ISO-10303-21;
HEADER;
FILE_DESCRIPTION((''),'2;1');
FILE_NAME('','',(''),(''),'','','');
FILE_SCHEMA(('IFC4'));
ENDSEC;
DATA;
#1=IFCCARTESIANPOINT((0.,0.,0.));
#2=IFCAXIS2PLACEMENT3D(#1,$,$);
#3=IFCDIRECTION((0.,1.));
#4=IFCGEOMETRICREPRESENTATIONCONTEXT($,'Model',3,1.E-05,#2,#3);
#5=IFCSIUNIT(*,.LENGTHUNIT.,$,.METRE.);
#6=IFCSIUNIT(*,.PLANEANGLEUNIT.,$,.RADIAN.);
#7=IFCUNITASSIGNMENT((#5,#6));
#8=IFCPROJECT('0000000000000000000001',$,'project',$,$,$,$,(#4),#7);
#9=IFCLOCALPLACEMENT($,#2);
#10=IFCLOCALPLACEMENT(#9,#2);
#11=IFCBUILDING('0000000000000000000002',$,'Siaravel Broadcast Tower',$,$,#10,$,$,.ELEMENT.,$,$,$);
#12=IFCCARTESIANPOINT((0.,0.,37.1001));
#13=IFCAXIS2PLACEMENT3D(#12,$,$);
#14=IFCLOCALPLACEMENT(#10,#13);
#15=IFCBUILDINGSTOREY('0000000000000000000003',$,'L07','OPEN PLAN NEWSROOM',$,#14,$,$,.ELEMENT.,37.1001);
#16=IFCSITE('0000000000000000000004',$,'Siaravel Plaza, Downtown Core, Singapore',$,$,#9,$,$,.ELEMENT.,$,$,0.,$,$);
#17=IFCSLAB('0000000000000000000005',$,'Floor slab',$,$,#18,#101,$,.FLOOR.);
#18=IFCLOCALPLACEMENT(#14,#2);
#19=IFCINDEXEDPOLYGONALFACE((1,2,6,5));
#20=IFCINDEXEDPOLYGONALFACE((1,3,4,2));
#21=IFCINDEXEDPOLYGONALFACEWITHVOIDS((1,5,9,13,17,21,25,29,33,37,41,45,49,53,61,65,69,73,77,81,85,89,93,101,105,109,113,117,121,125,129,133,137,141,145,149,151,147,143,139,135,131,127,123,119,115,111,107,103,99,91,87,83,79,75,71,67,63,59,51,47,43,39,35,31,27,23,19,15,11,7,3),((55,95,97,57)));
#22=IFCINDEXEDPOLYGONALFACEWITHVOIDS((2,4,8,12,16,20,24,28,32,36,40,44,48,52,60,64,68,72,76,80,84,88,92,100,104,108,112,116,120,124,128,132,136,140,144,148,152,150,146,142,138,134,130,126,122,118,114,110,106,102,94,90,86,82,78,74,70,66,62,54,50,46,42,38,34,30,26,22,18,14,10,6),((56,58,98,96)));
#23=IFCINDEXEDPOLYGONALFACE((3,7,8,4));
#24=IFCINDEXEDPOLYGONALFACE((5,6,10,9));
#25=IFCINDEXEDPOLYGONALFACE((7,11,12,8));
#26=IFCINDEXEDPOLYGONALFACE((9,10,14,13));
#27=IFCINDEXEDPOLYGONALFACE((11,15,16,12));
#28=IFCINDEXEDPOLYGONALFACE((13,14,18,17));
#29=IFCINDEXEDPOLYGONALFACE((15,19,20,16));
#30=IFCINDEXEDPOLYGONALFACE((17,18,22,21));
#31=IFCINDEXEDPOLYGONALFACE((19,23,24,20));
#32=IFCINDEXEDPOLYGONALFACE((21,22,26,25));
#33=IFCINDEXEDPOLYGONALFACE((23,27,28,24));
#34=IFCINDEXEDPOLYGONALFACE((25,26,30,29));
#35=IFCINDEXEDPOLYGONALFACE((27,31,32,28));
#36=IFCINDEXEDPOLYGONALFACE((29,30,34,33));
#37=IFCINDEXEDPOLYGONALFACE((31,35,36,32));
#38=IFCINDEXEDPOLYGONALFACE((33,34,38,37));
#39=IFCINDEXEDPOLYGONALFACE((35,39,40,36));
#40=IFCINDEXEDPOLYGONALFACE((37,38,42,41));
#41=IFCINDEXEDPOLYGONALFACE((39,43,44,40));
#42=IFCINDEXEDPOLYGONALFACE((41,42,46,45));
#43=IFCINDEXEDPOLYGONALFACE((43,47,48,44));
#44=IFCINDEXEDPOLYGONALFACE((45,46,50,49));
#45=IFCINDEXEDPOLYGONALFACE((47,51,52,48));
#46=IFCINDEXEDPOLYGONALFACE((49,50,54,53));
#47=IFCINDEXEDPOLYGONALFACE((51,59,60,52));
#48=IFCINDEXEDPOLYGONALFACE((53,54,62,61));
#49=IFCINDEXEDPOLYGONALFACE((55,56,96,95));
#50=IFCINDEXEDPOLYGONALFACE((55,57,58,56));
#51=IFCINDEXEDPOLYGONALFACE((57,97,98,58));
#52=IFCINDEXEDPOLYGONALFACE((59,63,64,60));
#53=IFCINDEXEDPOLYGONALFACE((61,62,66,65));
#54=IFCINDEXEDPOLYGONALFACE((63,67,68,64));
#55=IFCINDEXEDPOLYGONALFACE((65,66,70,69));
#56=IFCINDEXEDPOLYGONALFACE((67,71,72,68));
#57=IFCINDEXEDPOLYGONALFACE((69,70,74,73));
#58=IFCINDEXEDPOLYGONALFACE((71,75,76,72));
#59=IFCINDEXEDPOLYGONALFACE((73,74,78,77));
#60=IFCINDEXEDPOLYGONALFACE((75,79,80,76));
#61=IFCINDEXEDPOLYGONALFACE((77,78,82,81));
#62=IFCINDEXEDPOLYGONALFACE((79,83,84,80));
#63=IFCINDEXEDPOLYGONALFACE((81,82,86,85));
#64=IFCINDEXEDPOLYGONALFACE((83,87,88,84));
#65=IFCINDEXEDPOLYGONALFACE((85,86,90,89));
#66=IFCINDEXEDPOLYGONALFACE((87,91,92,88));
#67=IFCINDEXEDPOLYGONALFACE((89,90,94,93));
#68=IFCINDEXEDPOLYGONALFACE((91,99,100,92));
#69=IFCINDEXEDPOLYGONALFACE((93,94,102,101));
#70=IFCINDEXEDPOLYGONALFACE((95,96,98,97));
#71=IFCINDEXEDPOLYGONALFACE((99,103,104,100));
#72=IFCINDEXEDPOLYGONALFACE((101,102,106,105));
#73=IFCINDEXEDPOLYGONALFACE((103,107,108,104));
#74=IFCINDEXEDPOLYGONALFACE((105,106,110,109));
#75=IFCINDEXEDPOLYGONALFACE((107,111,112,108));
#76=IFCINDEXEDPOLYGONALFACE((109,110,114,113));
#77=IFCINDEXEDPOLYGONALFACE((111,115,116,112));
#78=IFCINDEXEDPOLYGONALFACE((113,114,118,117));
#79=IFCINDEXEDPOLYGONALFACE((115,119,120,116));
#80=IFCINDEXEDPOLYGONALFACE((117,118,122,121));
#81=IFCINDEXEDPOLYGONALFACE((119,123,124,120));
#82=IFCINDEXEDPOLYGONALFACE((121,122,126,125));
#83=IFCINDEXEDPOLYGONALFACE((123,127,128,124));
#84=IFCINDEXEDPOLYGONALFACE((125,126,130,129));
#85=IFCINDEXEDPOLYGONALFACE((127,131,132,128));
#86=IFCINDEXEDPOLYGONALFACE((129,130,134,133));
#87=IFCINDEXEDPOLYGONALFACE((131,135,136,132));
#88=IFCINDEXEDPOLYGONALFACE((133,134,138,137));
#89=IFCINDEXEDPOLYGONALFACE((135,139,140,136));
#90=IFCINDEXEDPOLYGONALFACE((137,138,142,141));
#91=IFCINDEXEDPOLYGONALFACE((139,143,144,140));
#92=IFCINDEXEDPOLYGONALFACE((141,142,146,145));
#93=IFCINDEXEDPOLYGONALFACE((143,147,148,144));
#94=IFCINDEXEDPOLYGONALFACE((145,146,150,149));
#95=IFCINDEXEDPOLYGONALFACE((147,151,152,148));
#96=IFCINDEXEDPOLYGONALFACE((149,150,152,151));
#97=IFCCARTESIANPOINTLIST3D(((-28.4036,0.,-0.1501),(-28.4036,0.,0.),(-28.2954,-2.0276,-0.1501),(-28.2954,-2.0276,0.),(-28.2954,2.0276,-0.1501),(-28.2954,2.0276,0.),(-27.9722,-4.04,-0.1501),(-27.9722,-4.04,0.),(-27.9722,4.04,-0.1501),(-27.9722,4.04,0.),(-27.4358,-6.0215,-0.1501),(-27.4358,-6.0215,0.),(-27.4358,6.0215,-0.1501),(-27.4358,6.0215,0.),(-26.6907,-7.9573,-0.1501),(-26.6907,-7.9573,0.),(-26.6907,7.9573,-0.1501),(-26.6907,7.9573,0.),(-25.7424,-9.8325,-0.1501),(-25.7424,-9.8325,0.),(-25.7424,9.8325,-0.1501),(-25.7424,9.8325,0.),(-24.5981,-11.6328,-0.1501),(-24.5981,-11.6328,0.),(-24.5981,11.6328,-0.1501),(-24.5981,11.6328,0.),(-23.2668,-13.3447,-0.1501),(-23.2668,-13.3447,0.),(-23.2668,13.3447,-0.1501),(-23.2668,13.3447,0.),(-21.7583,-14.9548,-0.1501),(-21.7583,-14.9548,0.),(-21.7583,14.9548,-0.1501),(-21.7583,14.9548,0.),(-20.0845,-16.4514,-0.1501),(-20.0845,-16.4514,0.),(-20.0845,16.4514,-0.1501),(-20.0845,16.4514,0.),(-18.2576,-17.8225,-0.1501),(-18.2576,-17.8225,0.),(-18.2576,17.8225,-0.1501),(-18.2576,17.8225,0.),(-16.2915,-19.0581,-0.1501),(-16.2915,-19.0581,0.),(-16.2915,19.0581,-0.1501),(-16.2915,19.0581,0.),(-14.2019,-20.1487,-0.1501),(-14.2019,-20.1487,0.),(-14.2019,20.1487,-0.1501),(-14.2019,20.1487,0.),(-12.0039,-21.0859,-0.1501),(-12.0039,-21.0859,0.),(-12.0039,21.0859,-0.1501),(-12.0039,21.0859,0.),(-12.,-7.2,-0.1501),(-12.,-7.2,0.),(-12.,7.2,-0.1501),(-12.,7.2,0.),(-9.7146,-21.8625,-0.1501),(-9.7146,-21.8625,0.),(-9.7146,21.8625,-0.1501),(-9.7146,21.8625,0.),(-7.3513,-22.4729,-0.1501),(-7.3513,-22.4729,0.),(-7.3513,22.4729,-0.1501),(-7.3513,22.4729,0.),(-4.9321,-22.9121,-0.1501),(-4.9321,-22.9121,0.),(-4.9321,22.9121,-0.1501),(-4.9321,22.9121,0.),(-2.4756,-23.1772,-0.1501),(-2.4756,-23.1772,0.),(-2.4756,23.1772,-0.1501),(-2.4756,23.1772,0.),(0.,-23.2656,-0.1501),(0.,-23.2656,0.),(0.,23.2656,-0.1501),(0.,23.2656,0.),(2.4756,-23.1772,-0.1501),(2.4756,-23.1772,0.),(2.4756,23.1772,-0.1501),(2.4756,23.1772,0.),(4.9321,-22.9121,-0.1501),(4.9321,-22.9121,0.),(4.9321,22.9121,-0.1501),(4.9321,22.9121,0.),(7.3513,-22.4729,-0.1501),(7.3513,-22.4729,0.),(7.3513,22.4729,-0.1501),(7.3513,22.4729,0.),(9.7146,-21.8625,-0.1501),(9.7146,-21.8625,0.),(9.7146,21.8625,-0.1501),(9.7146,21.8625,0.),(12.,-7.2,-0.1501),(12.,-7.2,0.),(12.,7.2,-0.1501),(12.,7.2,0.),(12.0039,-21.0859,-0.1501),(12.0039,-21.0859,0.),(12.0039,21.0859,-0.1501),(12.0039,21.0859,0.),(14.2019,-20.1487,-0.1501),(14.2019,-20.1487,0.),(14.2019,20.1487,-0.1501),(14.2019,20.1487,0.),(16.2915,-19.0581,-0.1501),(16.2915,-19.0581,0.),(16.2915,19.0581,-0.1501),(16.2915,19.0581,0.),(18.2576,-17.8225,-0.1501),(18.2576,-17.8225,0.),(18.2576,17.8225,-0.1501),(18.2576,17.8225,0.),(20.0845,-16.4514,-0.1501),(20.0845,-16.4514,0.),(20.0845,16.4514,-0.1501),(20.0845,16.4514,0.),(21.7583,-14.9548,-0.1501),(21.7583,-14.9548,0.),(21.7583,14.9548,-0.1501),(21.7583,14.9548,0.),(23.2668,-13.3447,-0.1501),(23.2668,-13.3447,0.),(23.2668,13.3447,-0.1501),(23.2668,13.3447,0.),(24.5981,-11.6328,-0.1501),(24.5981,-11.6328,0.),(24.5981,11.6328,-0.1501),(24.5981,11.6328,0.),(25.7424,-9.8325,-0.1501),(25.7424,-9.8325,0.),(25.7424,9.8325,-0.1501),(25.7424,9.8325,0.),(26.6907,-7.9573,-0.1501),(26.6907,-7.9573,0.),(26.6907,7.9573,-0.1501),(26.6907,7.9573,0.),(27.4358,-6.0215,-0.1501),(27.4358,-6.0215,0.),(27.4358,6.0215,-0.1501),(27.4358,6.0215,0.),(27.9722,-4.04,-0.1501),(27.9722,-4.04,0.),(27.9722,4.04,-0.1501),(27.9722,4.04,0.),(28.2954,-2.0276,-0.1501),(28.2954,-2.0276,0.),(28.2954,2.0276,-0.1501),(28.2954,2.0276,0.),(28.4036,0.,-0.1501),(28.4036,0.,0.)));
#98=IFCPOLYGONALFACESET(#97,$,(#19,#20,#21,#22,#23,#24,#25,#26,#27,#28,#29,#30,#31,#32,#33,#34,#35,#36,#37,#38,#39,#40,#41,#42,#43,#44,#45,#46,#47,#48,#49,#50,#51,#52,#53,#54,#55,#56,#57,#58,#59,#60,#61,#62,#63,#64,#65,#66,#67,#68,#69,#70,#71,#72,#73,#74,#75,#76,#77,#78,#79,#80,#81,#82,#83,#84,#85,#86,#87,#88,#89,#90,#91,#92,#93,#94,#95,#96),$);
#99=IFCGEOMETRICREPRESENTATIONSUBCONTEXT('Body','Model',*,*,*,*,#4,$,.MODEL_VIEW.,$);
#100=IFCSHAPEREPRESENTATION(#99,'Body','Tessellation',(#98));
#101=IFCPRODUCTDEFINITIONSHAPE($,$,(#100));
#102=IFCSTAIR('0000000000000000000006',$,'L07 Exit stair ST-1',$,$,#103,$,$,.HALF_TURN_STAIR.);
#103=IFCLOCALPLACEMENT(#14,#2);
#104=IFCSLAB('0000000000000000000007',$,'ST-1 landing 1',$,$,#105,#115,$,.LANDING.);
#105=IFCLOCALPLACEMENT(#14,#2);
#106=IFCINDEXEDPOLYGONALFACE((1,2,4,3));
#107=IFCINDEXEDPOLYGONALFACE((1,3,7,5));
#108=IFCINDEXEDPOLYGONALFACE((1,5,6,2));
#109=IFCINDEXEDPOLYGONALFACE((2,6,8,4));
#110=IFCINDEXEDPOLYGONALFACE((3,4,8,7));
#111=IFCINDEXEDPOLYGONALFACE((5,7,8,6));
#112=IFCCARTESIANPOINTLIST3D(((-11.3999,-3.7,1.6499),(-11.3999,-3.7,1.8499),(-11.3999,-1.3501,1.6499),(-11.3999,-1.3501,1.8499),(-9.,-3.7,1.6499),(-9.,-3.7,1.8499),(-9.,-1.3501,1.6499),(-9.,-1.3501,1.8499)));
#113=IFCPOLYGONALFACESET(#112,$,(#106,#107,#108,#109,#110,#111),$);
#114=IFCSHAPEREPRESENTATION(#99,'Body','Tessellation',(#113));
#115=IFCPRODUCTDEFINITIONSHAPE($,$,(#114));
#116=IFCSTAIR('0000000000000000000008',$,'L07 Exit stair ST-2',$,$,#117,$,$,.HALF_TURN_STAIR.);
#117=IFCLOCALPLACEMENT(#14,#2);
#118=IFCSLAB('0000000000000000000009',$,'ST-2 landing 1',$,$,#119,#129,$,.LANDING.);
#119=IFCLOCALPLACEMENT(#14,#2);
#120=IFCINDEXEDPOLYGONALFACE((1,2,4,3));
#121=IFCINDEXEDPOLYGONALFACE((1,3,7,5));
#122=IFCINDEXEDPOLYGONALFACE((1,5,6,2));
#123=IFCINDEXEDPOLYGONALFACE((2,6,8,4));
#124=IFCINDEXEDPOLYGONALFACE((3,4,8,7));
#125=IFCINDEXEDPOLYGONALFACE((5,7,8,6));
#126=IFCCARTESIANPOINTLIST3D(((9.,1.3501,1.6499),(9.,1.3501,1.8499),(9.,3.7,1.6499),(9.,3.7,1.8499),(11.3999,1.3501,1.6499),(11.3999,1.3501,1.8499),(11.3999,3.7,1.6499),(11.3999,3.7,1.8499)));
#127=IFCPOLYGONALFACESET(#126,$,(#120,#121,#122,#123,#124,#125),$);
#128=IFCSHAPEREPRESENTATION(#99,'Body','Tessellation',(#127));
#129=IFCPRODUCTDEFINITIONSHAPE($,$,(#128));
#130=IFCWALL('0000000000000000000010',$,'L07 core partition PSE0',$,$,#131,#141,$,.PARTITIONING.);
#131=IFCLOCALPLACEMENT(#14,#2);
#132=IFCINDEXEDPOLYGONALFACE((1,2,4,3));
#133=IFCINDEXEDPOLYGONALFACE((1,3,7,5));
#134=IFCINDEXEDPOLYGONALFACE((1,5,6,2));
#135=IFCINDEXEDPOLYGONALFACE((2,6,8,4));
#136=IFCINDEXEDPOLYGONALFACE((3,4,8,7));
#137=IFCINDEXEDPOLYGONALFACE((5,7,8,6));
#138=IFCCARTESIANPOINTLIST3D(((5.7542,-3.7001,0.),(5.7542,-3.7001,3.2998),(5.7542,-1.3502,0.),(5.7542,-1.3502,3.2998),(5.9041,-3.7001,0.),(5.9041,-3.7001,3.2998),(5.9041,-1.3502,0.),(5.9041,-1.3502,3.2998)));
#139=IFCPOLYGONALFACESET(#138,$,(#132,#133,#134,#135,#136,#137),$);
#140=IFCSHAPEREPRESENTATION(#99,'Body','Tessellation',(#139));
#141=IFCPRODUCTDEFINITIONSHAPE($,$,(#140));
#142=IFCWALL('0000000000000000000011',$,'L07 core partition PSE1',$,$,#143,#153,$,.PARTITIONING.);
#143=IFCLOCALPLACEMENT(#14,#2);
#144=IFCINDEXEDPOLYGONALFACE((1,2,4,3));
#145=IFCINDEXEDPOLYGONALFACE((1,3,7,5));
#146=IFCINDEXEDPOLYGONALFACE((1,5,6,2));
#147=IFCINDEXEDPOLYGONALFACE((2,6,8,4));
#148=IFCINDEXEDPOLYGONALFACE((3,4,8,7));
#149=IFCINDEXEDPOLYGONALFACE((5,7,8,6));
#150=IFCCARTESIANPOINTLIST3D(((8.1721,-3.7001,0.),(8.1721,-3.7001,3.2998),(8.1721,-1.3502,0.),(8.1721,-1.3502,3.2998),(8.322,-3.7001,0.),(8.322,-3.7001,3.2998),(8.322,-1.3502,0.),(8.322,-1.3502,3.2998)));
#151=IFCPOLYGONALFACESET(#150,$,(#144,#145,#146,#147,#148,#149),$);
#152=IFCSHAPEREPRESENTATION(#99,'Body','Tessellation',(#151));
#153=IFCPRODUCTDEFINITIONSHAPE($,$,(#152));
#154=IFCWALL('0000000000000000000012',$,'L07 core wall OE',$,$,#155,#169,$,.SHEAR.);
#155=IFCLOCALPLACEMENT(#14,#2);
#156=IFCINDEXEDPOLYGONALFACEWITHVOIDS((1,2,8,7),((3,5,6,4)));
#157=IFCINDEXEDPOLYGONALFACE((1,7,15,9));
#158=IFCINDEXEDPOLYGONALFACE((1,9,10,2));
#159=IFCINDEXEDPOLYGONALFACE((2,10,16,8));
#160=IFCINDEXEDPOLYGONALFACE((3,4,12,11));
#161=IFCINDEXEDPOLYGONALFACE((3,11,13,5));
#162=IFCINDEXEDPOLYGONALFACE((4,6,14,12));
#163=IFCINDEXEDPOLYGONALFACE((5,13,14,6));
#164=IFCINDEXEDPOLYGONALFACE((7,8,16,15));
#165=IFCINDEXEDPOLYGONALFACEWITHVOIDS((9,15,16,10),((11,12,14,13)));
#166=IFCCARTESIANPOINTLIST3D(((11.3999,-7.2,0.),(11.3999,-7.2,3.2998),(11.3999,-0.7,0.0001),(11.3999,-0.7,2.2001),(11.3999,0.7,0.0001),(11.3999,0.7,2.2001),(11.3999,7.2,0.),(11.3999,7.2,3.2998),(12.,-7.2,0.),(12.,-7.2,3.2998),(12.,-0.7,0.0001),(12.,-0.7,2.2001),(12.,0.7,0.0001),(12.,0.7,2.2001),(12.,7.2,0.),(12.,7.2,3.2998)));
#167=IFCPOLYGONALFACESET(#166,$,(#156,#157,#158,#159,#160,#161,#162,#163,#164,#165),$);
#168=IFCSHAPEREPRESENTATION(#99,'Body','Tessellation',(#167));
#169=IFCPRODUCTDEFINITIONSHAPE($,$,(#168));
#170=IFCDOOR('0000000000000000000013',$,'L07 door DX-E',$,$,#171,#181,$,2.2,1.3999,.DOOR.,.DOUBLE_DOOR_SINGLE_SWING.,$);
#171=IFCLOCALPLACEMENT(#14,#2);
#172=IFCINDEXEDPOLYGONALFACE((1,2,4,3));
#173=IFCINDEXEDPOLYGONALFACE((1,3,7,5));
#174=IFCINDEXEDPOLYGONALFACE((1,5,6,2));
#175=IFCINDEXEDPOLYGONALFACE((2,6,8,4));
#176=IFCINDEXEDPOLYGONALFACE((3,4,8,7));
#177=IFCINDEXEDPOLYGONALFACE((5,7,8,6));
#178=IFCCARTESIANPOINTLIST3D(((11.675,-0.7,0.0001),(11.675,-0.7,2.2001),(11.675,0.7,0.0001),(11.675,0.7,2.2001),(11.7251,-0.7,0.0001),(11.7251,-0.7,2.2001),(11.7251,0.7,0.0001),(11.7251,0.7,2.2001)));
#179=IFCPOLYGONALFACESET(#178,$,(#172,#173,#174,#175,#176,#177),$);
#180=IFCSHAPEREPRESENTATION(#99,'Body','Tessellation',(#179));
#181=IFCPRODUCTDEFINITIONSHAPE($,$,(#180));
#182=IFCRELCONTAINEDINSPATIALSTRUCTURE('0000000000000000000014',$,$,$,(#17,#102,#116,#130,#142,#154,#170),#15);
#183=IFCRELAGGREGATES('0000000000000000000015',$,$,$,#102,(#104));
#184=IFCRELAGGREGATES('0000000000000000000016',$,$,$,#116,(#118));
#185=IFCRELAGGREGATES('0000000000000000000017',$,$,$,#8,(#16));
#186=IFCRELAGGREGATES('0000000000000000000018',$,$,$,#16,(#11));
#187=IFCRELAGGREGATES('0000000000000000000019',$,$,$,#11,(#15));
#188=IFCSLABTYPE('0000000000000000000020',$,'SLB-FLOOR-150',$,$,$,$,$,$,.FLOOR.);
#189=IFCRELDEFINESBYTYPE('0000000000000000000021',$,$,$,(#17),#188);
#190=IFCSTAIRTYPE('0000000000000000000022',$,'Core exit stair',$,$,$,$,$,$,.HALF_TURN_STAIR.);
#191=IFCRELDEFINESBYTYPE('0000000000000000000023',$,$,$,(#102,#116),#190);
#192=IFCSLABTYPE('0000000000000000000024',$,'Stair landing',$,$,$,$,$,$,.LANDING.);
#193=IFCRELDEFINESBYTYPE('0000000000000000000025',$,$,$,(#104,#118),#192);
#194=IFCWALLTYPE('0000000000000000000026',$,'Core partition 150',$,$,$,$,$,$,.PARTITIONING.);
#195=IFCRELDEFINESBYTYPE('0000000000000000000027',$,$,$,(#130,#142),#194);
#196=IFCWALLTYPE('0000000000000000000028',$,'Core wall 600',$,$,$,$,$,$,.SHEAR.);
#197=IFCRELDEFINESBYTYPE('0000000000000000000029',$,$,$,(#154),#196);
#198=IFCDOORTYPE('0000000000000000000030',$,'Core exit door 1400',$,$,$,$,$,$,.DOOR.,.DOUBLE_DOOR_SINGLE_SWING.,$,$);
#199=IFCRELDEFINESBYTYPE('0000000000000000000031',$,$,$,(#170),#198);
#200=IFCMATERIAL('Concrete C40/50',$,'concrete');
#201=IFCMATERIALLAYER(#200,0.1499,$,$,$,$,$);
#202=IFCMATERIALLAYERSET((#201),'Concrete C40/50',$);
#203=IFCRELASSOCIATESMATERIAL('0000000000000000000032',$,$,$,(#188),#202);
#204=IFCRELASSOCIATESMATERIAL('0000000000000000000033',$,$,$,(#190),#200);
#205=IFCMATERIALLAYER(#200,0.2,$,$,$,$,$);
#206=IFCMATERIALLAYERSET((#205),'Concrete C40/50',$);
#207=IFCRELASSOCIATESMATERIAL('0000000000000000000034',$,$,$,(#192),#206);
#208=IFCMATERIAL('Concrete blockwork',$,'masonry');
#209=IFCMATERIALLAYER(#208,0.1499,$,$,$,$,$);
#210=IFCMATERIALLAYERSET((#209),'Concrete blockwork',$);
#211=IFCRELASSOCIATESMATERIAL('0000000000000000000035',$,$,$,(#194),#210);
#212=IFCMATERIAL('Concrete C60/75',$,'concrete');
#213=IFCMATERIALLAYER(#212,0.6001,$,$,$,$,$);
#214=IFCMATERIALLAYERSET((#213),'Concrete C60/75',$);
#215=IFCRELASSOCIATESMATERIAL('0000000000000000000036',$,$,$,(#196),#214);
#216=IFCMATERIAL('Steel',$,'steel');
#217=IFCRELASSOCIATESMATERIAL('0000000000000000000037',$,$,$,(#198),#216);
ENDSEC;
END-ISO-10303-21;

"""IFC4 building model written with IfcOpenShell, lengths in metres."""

from ifc_helpers import new_model, si_unit, direction, frame, frame_2d, origin, place, context, subcontext, project, spatial, polyline, rectangle, outline, extrude, material, layer, layer_set, type_object, element, fill, aggregate, save


model = new_model("IFC4")

# Units and contexts
model_context = context("Model", 3, precision=1e-05, world=origin(), true_north=direction((0.0, 1.0)))
body_context = subcontext(model_context, "Body", "Model", "MODEL_VIEW")
ifc_project = project(units=[si_unit("LENGTHUNIT", "METRE"), si_unit("PLANEANGLEUNIT", "RADIAN")], contexts=[model_context])

# Site, building, storey
site_placement = place(None, origin())
site = spatial("IfcSite", under=ifc_project, at=site_placement, Name="Siaravel Plaza, Downtown Core, Singapore", CompositionType="ELEMENT", RefElevation=0.0)
building_placement = place(site_placement, origin())
building = spatial("IfcBuilding", under=site, at=building_placement, Name="Siaravel Broadcast Tower", CompositionType="ELEMENT")
storey_placement = place(building_placement, frame((0.0, 0.0, 37.1001)))
storey = spatial("IfcBuildingStorey", under=building, at=storey_placement, Name="L07", Description="OPEN PLAN NEWSROOM", CompositionType="ELEMENT", Elevation=37.1001)

# Slab
ifc_material_1 = material(Name="Concrete C40/50", Category="concrete")
ifc_layer_1 = layer(ifc_material_1, 0.1499)
ifc_layer_set_1 = layer_set([ifc_layer_1], Name="Concrete C40/50")
slab_type_1 = type_object("IfcSlabType", Name="SLB-FLOOR-150", PredefinedType="FLOOR", material=ifc_layer_set_1)
slab_1_placement = place(storey_placement, frame((0.0, 0.0, -0.1501)))
element("IfcSlab", 1, at=slab_1_placement, inside=storey, type_object=slab_type_1, Name="Floor slab", PredefinedType="FLOOR", context=body_context, shape_type="SweptSolid", body=[
    extrude(outline(polyline([(28.4036, 0.0), (28.2954, 2.0276), (27.9722, 4.04), (27.4358, 6.0215), (26.6907, 7.9573), (25.7424, 9.8325), (24.5981, 11.6328), (23.2668, 13.3447), (21.7583, 14.9548), (20.0845, 16.4514), (18.2576, 17.8225), (16.2915, 19.0581), (14.2019, 20.1487), (12.0039, 21.0859), (9.7146, 21.8625), (7.3513, 22.4729), (4.9321, 22.9121), (2.4756, 23.1772), (0.0, 23.2656), (-2.4756, 23.1772), (-4.9321, 22.9121), (-7.3513, 22.4729), (-9.7146, 21.8625), (-12.0039, 21.0859), (-14.2019, 20.1487), (-16.2915, 19.0581), (-18.2576, 17.8225), (-20.0845, 16.4514), (-21.7583, 14.9548), (-23.2668, 13.3447), (-24.5981, 11.6328), (-25.7424, 9.8325), (-26.6907, 7.9573), (-27.4358, 6.0215), (-27.9722, 4.04), (-28.2954, 2.0276), (-28.4036, 0.0), (-28.2954, -2.0276), (-27.9722, -4.04), (-27.4358, -6.0215), (-26.6907, -7.9573), (-25.7424, -9.8325), (-24.5981, -11.6328), (-23.2668, -13.3447), (-21.7583, -14.9548), (-20.0845, -16.4514), (-18.2576, -17.8225), (-16.2915, -19.0581), (-14.2019, -20.1487), (-12.0039, -21.0859), (-9.7146, -21.8625), (-7.3513, -22.4729), (-4.9321, -22.9121), (-2.4756, -23.1772), (0.0, -23.2656), (2.4756, -23.1772), (4.9321, -22.9121), (7.3513, -22.4729), (9.7146, -21.8625), (12.0039, -21.0859), (14.2019, -20.1487), (16.2915, -19.0581), (18.2576, -17.8225), (20.0845, -16.4514), (21.7583, -14.9548), (23.2668, -13.3447), (24.5981, -11.6328), (25.7424, -9.8325), (26.6907, -7.9573), (27.4358, -6.0215), (27.9722, -4.04), (28.2954, -2.0276), (28.4036, 0.0)]), holes=[polyline([(-12.0, 7.2), (12.0, 7.2), (12.0, -7.2), (-12.0, -7.2), (-12.0, 7.2)])]), origin(), (0.0, 0.0, 1.0), 0.1501),
])

# Stairs, slabs
stair_type = type_object("IfcStairType", Name="Core exit stair", PredefinedType="HALF_TURN_STAIR", material=ifc_material_1)
stair_1_placement = place(storey_placement, origin())
stair_1 = element("IfcStair", 2, at=stair_1_placement, inside=storey, type_object=stair_type, Name="L07 Exit stair ST-1", PredefinedType="HALF_TURN_STAIR")
ifc_layer_2 = layer(ifc_material_1, 0.2)
ifc_layer_set_2 = layer_set([ifc_layer_2], Name="Concrete C40/50")
slab_type_2 = type_object("IfcSlabType", Name="Stair landing", PredefinedType="LANDING", material=ifc_layer_set_2)
slab_2_placement = place(storey_placement, frame((0.0, 0.0, 1.6499)))
slab_2 = element("IfcSlab", 3, at=slab_2_placement, type_object=slab_type_2, Name="ST-1 landing 1", PredefinedType="LANDING", context=body_context, shape_type="SweptSolid", body=[
    extrude(outline(polyline([(-9.0, -1.3501), (-11.3999, -1.3501), (-11.3999, -3.7), (-9.0, -3.7), (-9.0, -1.3501)])), origin(), (0.0, 0.0, 1.0), 0.2),
])
aggregate(stair_1, [slab_2])
stair_2_placement = place(storey_placement, origin())
stair_2 = element("IfcStair", 4, at=stair_2_placement, inside=storey, type_object=stair_type, Name="L07 Exit stair ST-2", PredefinedType="HALF_TURN_STAIR")
slab_3_placement = place(storey_placement, frame((0.0, 0.0, 1.6499)))
slab_3 = element("IfcSlab", 5, at=slab_3_placement, type_object=slab_type_2, Name="ST-2 landing 1", PredefinedType="LANDING", context=body_context, shape_type="SweptSolid", body=[
    extrude(outline(polyline([(9.0, 1.3501), (11.3999, 1.3501), (11.3999, 3.7), (9.0, 3.7), (9.0, 1.3501)])), origin(), (0.0, 0.0, 1.0), 0.2),
])
aggregate(stair_2, [slab_3])

# Walls
ifc_material_2 = material(Name="Concrete blockwork", Category="masonry")
ifc_layer_3 = layer(ifc_material_2, 0.1499)
ifc_layer_set_3 = layer_set([ifc_layer_3], Name="Concrete blockwork")
wall_type_1 = type_object("IfcWallType", Name="Core partition 150", PredefinedType="PARTITIONING", material=ifc_layer_set_3)
for number, where, z_axis, x_axis, name in (
    (6, (5.8291, -3.7, 0.0), (0.0, 0.0, 1.0), (0.0, 1.0, 0.0), "L07 core partition PSE0"),
    (7, (8.2471, -3.7, 0.0), (0.0, 0.0, 1.0), (0.0, 1.0, 0.0), "L07 core partition PSE1"),
):
    element("IfcWall", number, at=place(storey_placement, frame(where, z_axis=z_axis, x_axis=x_axis)), inside=storey, type_object=wall_type_1, Name=name, PredefinedType="PARTITIONING", context=body_context, shape_type="SweptSolid", body=[
        extrude(rectangle(XDim=2.3499, YDim=0.1499, at=frame_2d((1.1748, 0.0))), origin(), (0.0, 0.0, 1.0), 3.2998),
    ])

# Wall, opening, door
ifc_material_3 = material(Name="Concrete C60/75", Category="concrete")
ifc_layer_4 = layer(ifc_material_3, 0.6001)
ifc_layer_set_4 = layer_set([ifc_layer_4], Name="Concrete C60/75")
wall_type_2 = type_object("IfcWallType", Name="Core wall 600", PredefinedType="SHEAR", material=ifc_layer_set_4)
wall_1_placement = place(storey_placement, frame((11.7, -7.2, 0.0), z_axis=(0.0, 0.0, 1.0), x_axis=(0.0, 1.0, 0.0)))
wall_1 = element("IfcWall", 8, at=wall_1_placement, inside=storey, type_object=wall_type_2, Name="L07 core wall OE", PredefinedType="SHEAR", context=body_context, shape_type="SweptSolid", body=[
    extrude(rectangle(XDim=14.3999, YDim=0.6001, at=frame_2d((7.2, 0.0))), origin(), (0.0, 0.0, 1.0), 3.2998),
])
opening_1_placement = place(wall_1_placement, frame((6.5, 0.0, 0.0)))
opening_1 = element("IfcOpeningElement", 9, at=opening_1_placement, cuts=wall_1, PredefinedType="OPENING", context=body_context, shape_type="SweptSolid", body=[
    extrude(rectangle(XDim=1.3999, YDim=2.2, at=frame_2d((0.7, 1.1001))), frame((0.0, 0.3101, 0.0), z_axis=(0.0, -1.0, 0.0), x_axis=(1.0, 0.0, 0.0)), (0.0, 0.0, 1.0), 0.6201),
])
ifc_material_4 = material(Name="Steel", Category="steel")
door_type_1 = type_object("IfcDoorType", Name="Core exit door 1400", OperationType="DOUBLE_DOOR_SINGLE_SWING", PredefinedType="DOOR", material=ifc_material_4)
door_1_placement = place(opening_1_placement, origin())
door_1 = element("IfcDoor", 10, at=door_1_placement, inside=storey, type_object=door_type_1, Name="L07 door DX-E", OperationType="DOUBLE_DOOR_SINGLE_SWING", OverallHeight=2.2, OverallWidth=1.3999, PredefinedType="DOOR", context=body_context, shape_type="SweptSolid", body=[
    extrude(rectangle(XDim=1.3999, YDim=2.2, at=frame_2d((0.7, 1.1001))), frame((0.0, 0.0249, 0.0), z_axis=(0.0, -1.0, 0.0), x_axis=(1.0, 0.0, 0.0)), (0.0, 0.0, 1.0), 0.05),
])
fill(opening_1, door_1)

save(model, "model.ifc")
